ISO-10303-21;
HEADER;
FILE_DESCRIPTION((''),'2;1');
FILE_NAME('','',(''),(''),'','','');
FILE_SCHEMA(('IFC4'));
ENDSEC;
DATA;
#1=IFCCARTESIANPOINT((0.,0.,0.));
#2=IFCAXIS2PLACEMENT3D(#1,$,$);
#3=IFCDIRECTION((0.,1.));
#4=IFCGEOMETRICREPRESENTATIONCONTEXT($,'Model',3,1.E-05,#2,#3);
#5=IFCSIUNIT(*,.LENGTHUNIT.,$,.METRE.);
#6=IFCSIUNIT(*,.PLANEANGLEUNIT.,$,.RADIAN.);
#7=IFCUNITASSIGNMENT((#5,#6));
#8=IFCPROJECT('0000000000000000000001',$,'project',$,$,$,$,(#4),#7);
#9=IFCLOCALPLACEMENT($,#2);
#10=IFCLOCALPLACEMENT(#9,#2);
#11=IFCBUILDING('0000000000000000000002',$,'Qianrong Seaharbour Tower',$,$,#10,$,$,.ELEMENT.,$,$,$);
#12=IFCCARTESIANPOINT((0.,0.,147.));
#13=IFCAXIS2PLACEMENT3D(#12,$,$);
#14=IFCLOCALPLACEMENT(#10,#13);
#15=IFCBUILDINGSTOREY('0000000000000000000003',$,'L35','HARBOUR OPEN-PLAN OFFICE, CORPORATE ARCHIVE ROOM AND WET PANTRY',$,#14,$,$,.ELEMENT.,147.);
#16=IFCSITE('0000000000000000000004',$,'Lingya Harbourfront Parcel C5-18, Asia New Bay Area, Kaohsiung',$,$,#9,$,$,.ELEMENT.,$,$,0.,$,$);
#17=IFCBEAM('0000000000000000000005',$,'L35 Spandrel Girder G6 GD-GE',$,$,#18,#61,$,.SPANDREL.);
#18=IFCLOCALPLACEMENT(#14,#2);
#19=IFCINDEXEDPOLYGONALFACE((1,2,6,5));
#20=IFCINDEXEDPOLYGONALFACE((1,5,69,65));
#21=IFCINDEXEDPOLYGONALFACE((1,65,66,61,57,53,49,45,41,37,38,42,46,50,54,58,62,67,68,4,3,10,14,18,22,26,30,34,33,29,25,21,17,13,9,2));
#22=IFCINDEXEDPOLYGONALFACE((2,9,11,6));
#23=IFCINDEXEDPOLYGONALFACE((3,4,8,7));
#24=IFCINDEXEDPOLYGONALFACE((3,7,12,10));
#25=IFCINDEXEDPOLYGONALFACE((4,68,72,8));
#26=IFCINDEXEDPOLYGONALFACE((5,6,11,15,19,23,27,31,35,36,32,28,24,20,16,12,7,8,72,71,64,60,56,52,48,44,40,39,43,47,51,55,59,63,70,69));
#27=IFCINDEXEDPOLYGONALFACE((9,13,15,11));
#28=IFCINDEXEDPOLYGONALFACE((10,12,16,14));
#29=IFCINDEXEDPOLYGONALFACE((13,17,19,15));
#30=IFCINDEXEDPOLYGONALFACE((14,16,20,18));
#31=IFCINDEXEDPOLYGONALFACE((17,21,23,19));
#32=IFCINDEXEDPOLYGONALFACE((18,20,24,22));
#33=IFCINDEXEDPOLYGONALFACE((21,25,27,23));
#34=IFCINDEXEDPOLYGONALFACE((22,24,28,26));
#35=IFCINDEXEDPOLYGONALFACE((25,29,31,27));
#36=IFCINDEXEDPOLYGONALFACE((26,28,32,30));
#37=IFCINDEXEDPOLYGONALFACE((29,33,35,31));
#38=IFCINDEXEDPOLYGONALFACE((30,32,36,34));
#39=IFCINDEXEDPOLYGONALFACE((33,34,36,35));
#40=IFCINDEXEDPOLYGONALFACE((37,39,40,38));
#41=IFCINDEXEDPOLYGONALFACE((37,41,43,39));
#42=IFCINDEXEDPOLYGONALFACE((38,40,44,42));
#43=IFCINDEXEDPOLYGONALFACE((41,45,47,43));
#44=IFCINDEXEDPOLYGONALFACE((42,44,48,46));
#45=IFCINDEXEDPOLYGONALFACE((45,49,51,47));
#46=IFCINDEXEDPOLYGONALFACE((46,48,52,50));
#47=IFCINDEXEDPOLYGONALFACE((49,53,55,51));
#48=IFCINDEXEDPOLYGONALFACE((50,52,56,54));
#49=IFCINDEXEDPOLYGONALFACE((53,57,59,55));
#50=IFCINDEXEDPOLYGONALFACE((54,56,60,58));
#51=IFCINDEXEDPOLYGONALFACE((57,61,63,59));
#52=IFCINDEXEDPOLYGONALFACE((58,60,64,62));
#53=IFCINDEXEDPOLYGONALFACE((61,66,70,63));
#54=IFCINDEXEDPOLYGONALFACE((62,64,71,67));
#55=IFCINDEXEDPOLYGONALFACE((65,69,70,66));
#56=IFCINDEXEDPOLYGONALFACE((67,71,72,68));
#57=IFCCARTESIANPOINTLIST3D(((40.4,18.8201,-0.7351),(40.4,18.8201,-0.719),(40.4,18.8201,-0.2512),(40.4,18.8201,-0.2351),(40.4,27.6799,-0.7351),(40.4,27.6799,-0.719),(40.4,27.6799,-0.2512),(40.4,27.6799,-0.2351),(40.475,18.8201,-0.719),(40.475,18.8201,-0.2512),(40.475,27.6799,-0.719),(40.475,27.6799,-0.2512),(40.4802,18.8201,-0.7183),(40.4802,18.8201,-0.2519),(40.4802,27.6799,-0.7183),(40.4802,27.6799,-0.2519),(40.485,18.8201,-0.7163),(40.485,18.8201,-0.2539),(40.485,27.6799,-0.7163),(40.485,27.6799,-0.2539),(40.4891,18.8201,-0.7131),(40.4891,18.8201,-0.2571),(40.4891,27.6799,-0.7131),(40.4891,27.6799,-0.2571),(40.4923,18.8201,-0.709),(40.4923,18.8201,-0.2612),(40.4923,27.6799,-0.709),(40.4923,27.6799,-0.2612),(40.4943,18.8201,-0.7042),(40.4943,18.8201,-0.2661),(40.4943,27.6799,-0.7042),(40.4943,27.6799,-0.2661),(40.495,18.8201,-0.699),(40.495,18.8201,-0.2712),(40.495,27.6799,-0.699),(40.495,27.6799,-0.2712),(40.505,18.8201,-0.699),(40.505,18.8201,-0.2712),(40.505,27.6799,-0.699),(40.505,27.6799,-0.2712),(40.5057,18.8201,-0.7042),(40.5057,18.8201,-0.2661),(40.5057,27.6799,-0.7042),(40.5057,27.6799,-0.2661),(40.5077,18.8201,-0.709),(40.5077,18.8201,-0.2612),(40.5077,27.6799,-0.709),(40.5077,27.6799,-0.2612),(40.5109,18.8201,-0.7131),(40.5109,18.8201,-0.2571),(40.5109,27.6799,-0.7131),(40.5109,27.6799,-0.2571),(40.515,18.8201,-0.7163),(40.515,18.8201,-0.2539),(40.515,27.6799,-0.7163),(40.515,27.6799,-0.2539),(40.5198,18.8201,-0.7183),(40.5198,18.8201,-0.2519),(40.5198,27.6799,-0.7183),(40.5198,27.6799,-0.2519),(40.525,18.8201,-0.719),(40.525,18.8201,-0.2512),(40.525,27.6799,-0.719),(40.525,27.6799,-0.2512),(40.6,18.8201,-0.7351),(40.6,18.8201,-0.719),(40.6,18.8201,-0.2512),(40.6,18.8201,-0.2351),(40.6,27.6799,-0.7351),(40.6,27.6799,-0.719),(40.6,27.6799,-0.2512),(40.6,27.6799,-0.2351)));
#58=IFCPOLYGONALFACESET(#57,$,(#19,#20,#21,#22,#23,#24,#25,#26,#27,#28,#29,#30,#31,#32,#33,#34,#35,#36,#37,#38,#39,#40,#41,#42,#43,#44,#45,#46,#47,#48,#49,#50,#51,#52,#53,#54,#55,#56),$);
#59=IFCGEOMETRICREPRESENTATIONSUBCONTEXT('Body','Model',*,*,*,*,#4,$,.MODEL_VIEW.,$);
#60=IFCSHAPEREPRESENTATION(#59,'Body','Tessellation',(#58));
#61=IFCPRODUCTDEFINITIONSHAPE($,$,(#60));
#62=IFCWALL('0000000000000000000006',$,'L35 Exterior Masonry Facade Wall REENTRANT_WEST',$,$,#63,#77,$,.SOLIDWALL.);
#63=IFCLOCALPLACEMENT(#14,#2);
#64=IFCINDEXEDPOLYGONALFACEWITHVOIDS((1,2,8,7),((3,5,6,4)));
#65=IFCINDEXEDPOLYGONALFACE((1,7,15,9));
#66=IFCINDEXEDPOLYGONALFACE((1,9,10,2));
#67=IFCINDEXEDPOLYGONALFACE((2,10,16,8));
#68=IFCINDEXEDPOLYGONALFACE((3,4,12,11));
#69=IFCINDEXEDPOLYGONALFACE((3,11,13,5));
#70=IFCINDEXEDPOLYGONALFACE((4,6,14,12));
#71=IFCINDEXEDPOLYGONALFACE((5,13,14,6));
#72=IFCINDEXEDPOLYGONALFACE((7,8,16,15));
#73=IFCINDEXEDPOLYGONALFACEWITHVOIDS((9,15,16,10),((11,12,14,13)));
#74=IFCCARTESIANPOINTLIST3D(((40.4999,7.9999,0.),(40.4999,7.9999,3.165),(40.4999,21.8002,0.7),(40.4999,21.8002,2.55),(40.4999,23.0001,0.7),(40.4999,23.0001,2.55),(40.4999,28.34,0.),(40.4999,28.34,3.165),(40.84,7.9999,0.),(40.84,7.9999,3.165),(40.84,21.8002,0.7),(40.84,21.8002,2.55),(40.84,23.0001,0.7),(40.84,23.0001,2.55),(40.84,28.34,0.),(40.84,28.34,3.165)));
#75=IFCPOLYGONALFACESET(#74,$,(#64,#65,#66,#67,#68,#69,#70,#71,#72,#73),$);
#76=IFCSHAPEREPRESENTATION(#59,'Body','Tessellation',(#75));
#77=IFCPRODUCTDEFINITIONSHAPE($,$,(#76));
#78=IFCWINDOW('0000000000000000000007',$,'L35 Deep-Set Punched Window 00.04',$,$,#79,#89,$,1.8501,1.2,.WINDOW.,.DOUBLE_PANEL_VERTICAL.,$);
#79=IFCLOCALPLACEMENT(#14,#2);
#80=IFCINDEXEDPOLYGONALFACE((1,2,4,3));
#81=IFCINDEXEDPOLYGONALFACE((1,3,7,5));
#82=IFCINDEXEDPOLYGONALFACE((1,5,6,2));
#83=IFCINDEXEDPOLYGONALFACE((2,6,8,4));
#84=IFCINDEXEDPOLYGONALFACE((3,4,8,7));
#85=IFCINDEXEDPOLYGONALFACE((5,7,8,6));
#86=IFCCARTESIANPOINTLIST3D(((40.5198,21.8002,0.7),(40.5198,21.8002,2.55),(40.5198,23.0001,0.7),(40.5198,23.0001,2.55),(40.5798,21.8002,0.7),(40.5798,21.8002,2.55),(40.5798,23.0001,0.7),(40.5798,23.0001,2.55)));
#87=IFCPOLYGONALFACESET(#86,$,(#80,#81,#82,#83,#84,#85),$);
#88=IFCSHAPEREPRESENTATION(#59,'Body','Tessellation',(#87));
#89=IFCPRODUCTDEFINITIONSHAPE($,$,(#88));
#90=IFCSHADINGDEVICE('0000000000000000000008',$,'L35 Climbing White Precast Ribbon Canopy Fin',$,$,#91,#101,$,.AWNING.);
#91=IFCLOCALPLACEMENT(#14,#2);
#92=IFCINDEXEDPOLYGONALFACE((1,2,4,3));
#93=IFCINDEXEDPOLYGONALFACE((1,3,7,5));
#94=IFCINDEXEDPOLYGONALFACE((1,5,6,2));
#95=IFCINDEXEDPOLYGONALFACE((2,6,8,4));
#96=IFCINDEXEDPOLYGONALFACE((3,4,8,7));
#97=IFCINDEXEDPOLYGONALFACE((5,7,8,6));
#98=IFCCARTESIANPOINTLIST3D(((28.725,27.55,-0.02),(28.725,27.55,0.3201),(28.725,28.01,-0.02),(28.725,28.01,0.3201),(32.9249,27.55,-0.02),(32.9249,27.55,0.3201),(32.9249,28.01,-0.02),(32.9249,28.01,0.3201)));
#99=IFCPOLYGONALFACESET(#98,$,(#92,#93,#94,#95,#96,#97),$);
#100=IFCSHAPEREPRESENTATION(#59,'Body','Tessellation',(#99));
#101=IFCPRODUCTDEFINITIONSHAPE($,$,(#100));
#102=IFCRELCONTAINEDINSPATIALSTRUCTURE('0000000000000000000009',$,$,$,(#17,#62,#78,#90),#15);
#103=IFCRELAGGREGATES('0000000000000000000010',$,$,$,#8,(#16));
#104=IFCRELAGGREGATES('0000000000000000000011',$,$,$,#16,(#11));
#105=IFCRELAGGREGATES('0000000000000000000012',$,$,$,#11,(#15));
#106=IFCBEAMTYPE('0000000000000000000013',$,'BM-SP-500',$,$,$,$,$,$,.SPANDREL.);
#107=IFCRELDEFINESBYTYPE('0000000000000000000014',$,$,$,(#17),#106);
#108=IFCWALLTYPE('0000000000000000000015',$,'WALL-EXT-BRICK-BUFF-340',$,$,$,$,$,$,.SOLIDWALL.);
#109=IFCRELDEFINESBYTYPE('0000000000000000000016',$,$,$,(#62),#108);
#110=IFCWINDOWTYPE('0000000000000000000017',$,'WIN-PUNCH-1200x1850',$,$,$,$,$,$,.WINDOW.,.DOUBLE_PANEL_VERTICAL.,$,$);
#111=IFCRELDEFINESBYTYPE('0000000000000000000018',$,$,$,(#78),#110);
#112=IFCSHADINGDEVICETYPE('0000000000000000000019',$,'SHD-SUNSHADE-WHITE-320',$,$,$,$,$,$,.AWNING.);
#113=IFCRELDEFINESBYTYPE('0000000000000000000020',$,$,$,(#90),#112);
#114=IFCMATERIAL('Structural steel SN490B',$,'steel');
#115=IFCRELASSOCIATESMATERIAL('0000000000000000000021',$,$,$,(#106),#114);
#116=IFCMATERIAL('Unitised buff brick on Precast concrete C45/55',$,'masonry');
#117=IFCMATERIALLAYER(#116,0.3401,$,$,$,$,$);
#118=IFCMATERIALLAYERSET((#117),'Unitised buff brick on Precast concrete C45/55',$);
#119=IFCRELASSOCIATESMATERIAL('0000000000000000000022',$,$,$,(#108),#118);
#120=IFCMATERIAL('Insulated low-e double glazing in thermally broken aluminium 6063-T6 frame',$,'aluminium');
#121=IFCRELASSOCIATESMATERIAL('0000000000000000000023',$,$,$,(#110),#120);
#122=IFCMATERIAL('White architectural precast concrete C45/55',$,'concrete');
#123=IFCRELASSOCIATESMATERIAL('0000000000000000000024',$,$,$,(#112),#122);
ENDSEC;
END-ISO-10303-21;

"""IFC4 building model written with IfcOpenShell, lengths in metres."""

from ifc_helpers import new_model, si_unit, direction, frame, frame_2d, origin, origin_2d, place, context, subcontext, project, spatial, rectangle, i_section, extrude, material, layer, layer_set, material_profile, profile_set, type_object, element, fill, save


model = new_model("IFC4")

# Units and contexts
model_context = context("Model", 3, precision=1e-05, world=origin(), true_north=direction((0.0, 1.0)))
body_context = subcontext(model_context, "Body", "Model", "MODEL_VIEW")
ifc_project = project(units=[si_unit("LENGTHUNIT", "METRE"), si_unit("PLANEANGLEUNIT", "RADIAN")], contexts=[model_context])

# Site, building, storey
site_placement = place(None, origin())
site = spatial("IfcSite", under=ifc_project, at=site_placement, Name="Lingya Harbourfront Parcel C5-18, Asia New Bay Area, Kaohsiung", CompositionType="ELEMENT", RefElevation=0.0)
building_placement = place(site_placement, origin())
building = spatial("IfcBuilding", under=site, at=building_placement, Name="Qianrong Seaharbour Tower", CompositionType="ELEMENT")
storey_placement = place(building_placement, frame((0.0, 0.0, 147.0)))
storey = spatial("IfcBuildingStorey", under=building, at=storey_placement, Name="L35", Description="HARBOUR OPEN-PLAN OFFICE, CORPORATE ARCHIVE ROOM AND WET PANTRY", CompositionType="ELEMENT", Elevation=147.0)

# Shared definitions
ifc_material_1 = material(Name="Structural steel SN490B", Category="steel")

# Beam
ifc_material_profile_1 = material_profile(ifc_material_1, i_section(OverallWidth=0.2, OverallDepth=0.5, WebThickness=0.01, FlangeThickness=0.0161, FilletRadius=0.02, at=origin_2d()), Name="H500x200x10x16")
ifc_profile_set_1 = profile_set([ifc_material_profile_1], Name="Structural steel SN490B")
beam_type_1 = type_object("IfcBeamType", Name="BM-SP-500", PredefinedType="SPANDREL", material=ifc_profile_set_1)
beam_1_placement = place(storey_placement, frame((40.5, 18.8201, -0.4851), z_axis=(0.0, 1.0, 0.0), x_axis=(-1.0, 0.0, 0.0)))
element("IfcBeam", 1, at=beam_1_placement, inside=storey, type_object=beam_type_1, Name="L35 Spandrel Girder G6 GD-GE", PredefinedType="SPANDREL", context=body_context, shape_type="SweptSolid", body=[
    extrude(i_section(OverallWidth=0.2, OverallDepth=0.5, WebThickness=0.01, FlangeThickness=0.0161, FilletRadius=0.02, at=origin_2d()), origin(), (0.0, 0.0, 1.0), 8.8599),
])

# Wall, opening, window
ifc_material_2 = material(Name="Unitised buff brick on Precast concrete C45/55", Category="masonry")
ifc_layer = layer(ifc_material_2, 0.3401)
ifc_layer_set = layer_set([ifc_layer], Name="Unitised buff brick on Precast concrete C45/55")
wall_type = type_object("IfcWallType", Name="WALL-EXT-BRICK-BUFF-340", PredefinedType="SOLIDWALL", material=ifc_layer_set)
wall_placement = place(storey_placement, frame((40.6699, 8.0, 0.0), z_axis=(0.0, 0.0, 1.0), x_axis=(0.0, 1.0, 0.0)))
wall = element("IfcWall", 2, at=wall_placement, inside=storey, type_object=wall_type, Name="L35 Exterior Masonry Facade Wall REENTRANT_WEST", PredefinedType="SOLIDWALL", context=body_context, shape_type="SweptSolid", body=[
    extrude(rectangle(XDim=20.3401, YDim=0.3401, at=frame_2d((10.1699, 0.0))), origin(), (0.0, 0.0, 1.0), 3.165),
])
opening_placement = place(wall_placement, frame((13.8, 0.0, 0.7)))
opening = element("IfcOpeningElement", 3, at=opening_placement, cuts=wall, PredefinedType="OPENING", context=body_context, shape_type="SweptSolid", body=[
    extrude(rectangle(XDim=1.2, YDim=1.8501, at=frame_2d((0.6001, 0.925))), frame((0.0, 0.1802, 0.0), z_axis=(0.0, -1.0, 0.0), x_axis=(1.0, 0.0, 0.0)), (0.0, 0.0, 1.0), 0.3601),
])
ifc_material_3 = material(Name="Insulated low-e double glazing in thermally broken aluminium 6063-T6 frame", Category="aluminium")
window_type = type_object("IfcWindowType", Name="WIN-PUNCH-1200x1850", PartitioningType="DOUBLE_PANEL_VERTICAL", PredefinedType="WINDOW", material=ifc_material_3)
window_placement = place(opening_placement, origin())
window = element("IfcWindow", 4, at=window_placement, inside=storey, type_object=window_type, Name="L35 Deep-Set Punched Window 00.04", OverallHeight=1.8501, OverallWidth=1.2, PartitioningType="DOUBLE_PANEL_VERTICAL", PredefinedType="WINDOW", context=body_context, shape_type="SweptSolid", body=[
    extrude(rectangle(XDim=1.2, YDim=1.8501, at=frame_2d((0.6001, 0.925))), frame((0.0, 0.1501, 0.0), z_axis=(0.0, -1.0, 0.0), x_axis=(1.0, 0.0, 0.0)), (0.0, 0.0, 1.0), 0.0601),
])
fill(opening, window)

# Shading device
ifc_material_4 = material(Name="White architectural precast concrete C45/55", Category="concrete")
shading_device_type = type_object("IfcShadingDeviceType", Name="SHD-SUNSHADE-WHITE-320", PredefinedType="AWNING", material=ifc_material_4)
shading_device_placement = place(storey_placement, frame((30.825, 27.78, -0.02), z_axis=(0.0, 0.0, 1.0), x_axis=(1.0, 0.0, 0.0)))
element("IfcShadingDevice", 5, at=shading_device_placement, inside=storey, type_object=shading_device_type, Name="L35 Climbing White Precast Ribbon Canopy Fin", PredefinedType="AWNING", context=body_context, shape_type="SweptSolid", body=[
    extrude(rectangle(XDim=4.2, YDim=0.46, at=origin_2d()), origin(), (0.0, 0.0, 1.0), 0.3401),
])

save(model, "model.ifc")
